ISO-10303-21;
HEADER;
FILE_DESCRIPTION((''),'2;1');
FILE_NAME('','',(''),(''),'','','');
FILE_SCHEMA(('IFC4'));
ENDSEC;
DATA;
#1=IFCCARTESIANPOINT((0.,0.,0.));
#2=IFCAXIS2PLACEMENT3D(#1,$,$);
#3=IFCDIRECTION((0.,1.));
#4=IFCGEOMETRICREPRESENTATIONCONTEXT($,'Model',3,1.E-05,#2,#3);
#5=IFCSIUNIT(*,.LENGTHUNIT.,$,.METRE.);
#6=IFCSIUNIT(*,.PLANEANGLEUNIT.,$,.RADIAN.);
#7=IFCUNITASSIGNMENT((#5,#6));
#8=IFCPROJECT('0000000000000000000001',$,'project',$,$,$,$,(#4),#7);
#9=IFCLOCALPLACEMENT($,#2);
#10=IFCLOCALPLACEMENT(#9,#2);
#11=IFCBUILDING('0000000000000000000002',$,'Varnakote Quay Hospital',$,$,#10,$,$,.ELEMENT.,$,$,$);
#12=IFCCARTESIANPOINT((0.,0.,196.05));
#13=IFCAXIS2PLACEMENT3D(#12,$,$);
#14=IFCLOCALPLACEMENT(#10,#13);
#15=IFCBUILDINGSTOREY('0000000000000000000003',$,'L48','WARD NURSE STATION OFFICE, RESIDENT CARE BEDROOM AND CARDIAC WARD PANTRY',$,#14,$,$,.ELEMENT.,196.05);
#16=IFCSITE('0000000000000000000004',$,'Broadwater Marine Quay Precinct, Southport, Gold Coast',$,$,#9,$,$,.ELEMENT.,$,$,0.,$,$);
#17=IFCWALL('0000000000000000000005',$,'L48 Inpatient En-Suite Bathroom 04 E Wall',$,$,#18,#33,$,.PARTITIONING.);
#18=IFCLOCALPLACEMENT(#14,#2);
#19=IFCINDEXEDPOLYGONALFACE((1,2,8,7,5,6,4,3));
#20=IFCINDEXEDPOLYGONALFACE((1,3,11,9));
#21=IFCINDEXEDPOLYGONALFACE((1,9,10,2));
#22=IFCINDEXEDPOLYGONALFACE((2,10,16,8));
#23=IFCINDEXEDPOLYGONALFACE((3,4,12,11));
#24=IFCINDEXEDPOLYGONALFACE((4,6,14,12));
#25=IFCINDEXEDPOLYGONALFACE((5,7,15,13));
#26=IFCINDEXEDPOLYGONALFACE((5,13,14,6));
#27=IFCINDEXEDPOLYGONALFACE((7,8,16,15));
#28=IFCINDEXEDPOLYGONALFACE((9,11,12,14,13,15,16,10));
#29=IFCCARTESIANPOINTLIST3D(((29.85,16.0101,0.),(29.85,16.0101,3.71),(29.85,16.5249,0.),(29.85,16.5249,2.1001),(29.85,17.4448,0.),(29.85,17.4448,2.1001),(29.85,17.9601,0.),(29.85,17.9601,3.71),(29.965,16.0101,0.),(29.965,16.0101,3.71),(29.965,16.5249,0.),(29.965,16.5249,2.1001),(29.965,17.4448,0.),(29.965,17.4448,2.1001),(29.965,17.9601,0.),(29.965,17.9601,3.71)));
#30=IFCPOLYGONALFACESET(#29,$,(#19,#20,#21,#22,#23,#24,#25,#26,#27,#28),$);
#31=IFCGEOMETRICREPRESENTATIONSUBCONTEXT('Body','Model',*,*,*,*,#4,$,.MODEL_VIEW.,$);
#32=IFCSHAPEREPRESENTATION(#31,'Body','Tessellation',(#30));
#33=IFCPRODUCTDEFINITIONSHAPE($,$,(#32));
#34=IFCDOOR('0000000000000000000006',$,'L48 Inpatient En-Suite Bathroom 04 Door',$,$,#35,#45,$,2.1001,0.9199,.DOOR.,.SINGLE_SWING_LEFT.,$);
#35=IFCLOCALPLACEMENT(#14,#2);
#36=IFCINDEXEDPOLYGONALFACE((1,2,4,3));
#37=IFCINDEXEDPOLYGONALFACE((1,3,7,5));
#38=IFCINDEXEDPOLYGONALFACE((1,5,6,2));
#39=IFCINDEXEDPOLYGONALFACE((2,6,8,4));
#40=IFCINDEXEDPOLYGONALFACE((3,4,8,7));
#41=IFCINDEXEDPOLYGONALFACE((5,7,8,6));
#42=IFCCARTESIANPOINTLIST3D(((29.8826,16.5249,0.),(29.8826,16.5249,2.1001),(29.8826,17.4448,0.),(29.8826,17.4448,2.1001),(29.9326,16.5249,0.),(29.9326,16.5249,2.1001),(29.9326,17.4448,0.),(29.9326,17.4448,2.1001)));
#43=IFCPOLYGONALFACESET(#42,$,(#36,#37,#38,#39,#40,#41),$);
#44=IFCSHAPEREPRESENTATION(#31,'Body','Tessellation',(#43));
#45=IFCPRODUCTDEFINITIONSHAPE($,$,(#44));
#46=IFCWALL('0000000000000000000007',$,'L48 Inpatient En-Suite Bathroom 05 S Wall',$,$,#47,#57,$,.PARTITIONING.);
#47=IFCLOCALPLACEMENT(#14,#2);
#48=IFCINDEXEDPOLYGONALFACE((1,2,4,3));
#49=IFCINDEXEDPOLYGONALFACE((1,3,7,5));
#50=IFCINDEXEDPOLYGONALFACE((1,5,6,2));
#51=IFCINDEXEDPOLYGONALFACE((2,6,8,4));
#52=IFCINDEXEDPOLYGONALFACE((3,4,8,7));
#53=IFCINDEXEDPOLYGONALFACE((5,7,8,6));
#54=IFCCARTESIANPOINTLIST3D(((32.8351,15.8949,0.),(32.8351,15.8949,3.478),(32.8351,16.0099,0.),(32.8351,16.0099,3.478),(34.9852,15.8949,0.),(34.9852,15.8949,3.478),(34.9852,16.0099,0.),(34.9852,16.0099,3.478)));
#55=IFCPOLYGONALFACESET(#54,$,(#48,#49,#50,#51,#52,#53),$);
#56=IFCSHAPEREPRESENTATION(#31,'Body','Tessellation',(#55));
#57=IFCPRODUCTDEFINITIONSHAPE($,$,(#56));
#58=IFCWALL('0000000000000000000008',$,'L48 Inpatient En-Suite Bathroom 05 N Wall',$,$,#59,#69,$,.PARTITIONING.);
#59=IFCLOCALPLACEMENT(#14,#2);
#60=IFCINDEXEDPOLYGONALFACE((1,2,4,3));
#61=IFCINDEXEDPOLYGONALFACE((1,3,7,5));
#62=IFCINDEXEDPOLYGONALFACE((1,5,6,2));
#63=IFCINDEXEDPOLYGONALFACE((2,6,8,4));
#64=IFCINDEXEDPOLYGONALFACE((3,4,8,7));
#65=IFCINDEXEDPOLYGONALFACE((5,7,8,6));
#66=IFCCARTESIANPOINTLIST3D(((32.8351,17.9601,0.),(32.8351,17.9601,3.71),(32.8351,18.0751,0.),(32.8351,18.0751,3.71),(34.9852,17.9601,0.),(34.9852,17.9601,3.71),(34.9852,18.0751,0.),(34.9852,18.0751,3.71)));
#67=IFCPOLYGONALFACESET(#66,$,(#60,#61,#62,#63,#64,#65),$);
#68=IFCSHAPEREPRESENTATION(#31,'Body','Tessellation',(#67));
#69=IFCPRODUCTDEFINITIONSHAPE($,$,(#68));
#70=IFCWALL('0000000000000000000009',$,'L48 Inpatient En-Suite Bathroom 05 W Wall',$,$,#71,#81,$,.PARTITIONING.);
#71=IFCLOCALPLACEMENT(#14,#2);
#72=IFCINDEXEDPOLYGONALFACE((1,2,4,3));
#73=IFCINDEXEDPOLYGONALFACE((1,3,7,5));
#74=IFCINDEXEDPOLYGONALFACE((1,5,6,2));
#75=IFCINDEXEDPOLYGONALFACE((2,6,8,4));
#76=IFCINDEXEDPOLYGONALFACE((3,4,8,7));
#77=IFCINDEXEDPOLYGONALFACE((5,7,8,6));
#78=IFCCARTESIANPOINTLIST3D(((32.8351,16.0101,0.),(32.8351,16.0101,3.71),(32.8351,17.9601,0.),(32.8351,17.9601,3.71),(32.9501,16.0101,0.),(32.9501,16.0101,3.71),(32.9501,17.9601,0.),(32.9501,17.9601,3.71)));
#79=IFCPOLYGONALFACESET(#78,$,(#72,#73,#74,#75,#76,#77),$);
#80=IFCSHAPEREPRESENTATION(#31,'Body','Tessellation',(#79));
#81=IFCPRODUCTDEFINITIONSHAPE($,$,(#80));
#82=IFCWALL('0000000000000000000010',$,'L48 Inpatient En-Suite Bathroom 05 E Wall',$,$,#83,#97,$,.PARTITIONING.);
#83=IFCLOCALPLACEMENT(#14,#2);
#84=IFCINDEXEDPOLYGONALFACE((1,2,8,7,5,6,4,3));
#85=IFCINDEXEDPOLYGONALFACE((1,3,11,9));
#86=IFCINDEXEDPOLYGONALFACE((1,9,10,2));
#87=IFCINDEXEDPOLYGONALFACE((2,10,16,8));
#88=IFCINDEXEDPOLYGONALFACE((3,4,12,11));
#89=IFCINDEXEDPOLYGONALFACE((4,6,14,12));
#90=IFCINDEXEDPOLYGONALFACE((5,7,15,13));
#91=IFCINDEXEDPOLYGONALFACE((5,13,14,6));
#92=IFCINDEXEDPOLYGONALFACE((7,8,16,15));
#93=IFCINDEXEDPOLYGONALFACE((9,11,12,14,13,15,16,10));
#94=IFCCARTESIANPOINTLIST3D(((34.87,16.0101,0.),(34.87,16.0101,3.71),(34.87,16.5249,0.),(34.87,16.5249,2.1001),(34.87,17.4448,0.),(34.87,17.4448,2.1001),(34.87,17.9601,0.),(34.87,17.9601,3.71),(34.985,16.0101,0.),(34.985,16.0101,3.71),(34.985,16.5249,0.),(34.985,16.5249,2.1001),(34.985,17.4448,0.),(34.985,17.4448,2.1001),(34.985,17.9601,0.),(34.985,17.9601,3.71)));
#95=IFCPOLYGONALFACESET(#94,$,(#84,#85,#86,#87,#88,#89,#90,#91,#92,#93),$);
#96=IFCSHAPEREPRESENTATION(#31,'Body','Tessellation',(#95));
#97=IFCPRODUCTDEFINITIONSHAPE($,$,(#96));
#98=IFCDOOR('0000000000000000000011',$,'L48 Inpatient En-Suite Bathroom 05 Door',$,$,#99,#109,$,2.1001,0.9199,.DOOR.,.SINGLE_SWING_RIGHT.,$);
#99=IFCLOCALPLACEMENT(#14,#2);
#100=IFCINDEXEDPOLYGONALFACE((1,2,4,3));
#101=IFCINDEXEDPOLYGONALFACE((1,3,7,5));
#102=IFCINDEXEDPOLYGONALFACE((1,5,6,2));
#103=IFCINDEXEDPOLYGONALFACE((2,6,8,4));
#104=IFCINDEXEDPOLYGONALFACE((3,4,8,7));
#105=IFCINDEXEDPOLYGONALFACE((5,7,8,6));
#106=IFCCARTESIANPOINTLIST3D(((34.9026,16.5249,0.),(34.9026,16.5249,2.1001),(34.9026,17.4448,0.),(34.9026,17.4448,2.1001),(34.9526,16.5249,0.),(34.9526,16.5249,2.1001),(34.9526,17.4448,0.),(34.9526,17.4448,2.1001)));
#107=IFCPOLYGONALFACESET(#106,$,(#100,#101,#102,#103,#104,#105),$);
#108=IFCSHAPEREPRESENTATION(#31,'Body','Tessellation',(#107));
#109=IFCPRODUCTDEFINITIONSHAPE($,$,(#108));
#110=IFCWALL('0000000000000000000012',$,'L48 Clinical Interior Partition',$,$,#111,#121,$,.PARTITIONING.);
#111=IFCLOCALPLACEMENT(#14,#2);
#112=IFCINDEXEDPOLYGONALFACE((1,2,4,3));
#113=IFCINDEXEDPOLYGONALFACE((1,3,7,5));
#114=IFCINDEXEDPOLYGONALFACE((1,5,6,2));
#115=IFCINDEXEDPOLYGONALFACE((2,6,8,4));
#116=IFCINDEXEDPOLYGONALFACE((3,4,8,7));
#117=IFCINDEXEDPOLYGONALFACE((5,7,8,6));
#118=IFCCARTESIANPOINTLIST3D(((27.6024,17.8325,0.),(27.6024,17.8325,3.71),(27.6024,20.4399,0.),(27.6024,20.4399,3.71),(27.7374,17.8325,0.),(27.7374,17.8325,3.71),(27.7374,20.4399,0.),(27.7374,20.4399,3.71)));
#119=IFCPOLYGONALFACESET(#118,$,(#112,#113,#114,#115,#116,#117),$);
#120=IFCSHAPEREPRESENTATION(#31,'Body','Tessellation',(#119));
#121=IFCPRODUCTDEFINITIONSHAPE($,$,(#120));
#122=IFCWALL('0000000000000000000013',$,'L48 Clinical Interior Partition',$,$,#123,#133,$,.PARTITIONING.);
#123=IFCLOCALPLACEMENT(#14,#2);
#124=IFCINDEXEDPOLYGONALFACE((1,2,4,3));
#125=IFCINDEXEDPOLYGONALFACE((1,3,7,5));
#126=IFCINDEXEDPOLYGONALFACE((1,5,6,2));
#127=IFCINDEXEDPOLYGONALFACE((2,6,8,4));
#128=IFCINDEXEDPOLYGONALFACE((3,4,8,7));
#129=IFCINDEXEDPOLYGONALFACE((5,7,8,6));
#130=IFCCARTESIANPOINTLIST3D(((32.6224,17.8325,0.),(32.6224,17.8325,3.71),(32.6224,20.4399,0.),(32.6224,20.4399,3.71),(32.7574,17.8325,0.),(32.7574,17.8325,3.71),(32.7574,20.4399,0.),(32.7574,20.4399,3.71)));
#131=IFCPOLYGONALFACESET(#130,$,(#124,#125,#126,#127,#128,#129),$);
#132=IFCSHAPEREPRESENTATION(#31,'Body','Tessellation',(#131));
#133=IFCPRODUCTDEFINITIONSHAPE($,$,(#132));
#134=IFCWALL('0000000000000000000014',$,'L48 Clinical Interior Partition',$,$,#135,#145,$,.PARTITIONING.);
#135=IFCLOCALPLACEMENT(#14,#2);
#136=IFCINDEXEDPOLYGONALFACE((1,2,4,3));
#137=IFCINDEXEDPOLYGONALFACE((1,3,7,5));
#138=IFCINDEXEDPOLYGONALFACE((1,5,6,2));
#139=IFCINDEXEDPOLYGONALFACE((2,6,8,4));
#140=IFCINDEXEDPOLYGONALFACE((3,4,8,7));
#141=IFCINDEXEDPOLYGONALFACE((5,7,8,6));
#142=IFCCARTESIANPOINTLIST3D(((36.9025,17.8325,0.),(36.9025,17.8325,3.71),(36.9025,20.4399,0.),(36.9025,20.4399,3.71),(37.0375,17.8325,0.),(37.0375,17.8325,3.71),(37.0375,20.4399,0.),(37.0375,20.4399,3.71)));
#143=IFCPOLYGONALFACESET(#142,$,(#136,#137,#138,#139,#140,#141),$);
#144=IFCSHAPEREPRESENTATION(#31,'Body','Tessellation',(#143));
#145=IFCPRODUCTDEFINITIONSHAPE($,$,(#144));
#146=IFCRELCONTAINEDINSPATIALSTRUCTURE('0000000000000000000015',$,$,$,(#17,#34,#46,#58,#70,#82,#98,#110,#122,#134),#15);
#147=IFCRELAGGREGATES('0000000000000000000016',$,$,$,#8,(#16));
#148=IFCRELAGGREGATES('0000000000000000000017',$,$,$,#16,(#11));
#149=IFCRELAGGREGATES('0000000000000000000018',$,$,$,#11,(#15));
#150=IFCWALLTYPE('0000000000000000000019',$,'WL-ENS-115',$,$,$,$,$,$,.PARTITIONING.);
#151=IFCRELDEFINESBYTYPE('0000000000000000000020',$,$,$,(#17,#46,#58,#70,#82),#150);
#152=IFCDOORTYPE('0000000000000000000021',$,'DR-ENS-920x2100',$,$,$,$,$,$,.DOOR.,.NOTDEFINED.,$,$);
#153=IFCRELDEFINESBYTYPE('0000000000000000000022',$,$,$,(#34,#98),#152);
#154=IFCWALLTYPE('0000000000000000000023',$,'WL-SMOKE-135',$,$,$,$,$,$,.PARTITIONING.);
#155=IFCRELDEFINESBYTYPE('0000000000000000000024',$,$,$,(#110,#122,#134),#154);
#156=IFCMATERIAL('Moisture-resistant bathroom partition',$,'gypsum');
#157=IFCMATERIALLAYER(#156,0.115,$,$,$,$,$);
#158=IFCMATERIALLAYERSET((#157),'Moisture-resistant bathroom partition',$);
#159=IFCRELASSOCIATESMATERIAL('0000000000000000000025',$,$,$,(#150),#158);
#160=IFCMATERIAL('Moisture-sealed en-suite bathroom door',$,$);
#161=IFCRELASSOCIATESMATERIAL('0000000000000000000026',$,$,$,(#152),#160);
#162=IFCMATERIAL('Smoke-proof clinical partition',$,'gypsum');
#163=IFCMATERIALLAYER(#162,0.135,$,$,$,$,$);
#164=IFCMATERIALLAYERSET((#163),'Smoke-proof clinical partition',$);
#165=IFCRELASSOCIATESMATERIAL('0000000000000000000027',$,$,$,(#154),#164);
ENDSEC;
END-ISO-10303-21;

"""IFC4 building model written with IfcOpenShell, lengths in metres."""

from ifc_helpers import new_model, si_unit, direction, frame, frame_2d, origin, place, context, subcontext, project, spatial, rectangle, extrude, material, layer, layer_set, type_object, element, fill, save


model = new_model("IFC4")

# Units and contexts
model_context = context("Model", 3, precision=1e-05, world=origin(), true_north=direction((0.0, 1.0)))
body_context = subcontext(model_context, "Body", "Model", "MODEL_VIEW")
ifc_project = project(units=[si_unit("LENGTHUNIT", "METRE"), si_unit("PLANEANGLEUNIT", "RADIAN")], contexts=[model_context])

# Site, building, storey
site_placement = place(None, origin())
site = spatial("IfcSite", under=ifc_project, at=site_placement, Name="Broadwater Marine Quay Precinct, Southport, Gold Coast", CompositionType="ELEMENT", RefElevation=0.0)
building_placement = place(site_placement, origin())
building = spatial("IfcBuilding", under=site, at=building_placement, Name="Varnakote Quay Hospital", CompositionType="ELEMENT")
storey_placement = place(building_placement, frame((0.0, 0.0, 196.05)))
storey = spatial("IfcBuildingStorey", under=building, at=storey_placement, Name="L48", Description="WARD NURSE STATION OFFICE, RESIDENT CARE BEDROOM AND CARDIAC WARD PANTRY", CompositionType="ELEMENT", Elevation=196.05)

# Shared definitions
ifc_material_1 = material(Name="Moisture-resistant bathroom partition", Category="gypsum")
ifc_layer_1 = layer(ifc_material_1, 0.115)
ifc_layer_set_1 = layer_set([ifc_layer_1], Name="Moisture-resistant bathroom partition")
wall_type_1 = type_object("IfcWallType", Name="WL-ENS-115", PredefinedType="PARTITIONING", material=ifc_layer_set_1)
ifc_material_2 = material(Name="Moisture-sealed en-suite bathroom door")
door_type = type_object("IfcDoorType", Name="DR-ENS-920x2100", OperationType="NOTDEFINED", PredefinedType="DOOR", material=ifc_material_2)

# Wall, opening, door
wall_1_placement = place(storey_placement, frame((29.9075, 16.01, 0.0), z_axis=(0.0, 0.0, 1.0), x_axis=(0.0, 1.0, 0.0)))
wall_1 = element("IfcWall", 1, at=wall_1_placement, inside=storey, type_object=wall_type_1, Name="L48 Inpatient En-Suite Bathroom 04 E Wall", PredefinedType="PARTITIONING", context=body_context, shape_type="SweptSolid", body=[
    extrude(rectangle(XDim=1.95, YDim=0.115, at=frame_2d((0.9751, 0.0))), origin(), (0.0, 0.0, 1.0), 3.71),
])
opening_1_placement = place(wall_1_placement, frame((0.5149, 0.0, 0.0)))
opening_1 = element("IfcOpeningElement", 2, at=opening_1_placement, cuts=wall_1, PredefinedType="OPENING", context=body_context, shape_type="SweptSolid", body=[
    extrude(rectangle(XDim=0.9199, YDim=2.1001, at=frame_2d((0.46, 1.05))), frame((0.0, 0.0674, 0.0), z_axis=(0.0, -1.0, 0.0), x_axis=(1.0, 0.0, 0.0)), (0.0, 0.0, 1.0), 0.135),
])
door_1_placement = place(opening_1_placement, origin())
door_1 = element("IfcDoor", 3, at=door_1_placement, inside=storey, type_object=door_type, Name="L48 Inpatient En-Suite Bathroom 04 Door", OperationType="SINGLE_SWING_LEFT", OverallHeight=2.1001, OverallWidth=0.9199, PredefinedType="DOOR", context=body_context, shape_type="SweptSolid", body=[
    extrude(rectangle(XDim=0.9199, YDim=2.1001, at=frame_2d((0.46, 1.05))), frame((0.0, 0.0249, 0.0), z_axis=(0.0, -1.0, 0.0), x_axis=(1.0, 0.0, 0.0)), (0.0, 0.0, 1.0), 0.05),
])
fill(opening_1, door_1)

# Walls
wall_2_placement = place(storey_placement, frame((32.835, 15.9524, 0.0), z_axis=(0.0, 0.0, 1.0), x_axis=(1.0, 0.0, 0.0)))
element("IfcWall", 4, at=wall_2_placement, inside=storey, type_object=wall_type_1, Name="L48 Inpatient En-Suite Bathroom 05 S Wall", PredefinedType="PARTITIONING", context=body_context, shape_type="SweptSolid", body=[
    extrude(rectangle(XDim=2.1501, YDim=0.115, at=frame_2d((1.0752, 0.0))), origin(), (0.0, 0.0, 1.0), 3.478),
])
wall_3_placement = place(storey_placement, frame((32.835, 18.0176, 0.0), z_axis=(0.0, 0.0, 1.0), x_axis=(1.0, 0.0, 0.0)))
element("IfcWall", 5, at=wall_3_placement, inside=storey, type_object=wall_type_1, Name="L48 Inpatient En-Suite Bathroom 05 N Wall", PredefinedType="PARTITIONING", context=body_context, shape_type="SweptSolid", body=[
    extrude(rectangle(XDim=2.1501, YDim=0.115, at=frame_2d((1.0752, 0.0))), origin(), (0.0, 0.0, 1.0), 3.71),
])
wall_4_placement = place(storey_placement, frame((32.8926, 16.01, 0.0), z_axis=(0.0, 0.0, 1.0), x_axis=(0.0, 1.0, 0.0)))
element("IfcWall", 6, at=wall_4_placement, inside=storey, type_object=wall_type_1, Name="L48 Inpatient En-Suite Bathroom 05 W Wall", PredefinedType="PARTITIONING", context=body_context, shape_type="SweptSolid", body=[
    extrude(rectangle(XDim=1.95, YDim=0.115, at=frame_2d((0.9751, 0.0))), origin(), (0.0, 0.0, 1.0), 3.71),
])

# Wall, opening, door
wall_5_placement = place(storey_placement, frame((34.9275, 16.01, 0.0), z_axis=(0.0, 0.0, 1.0), x_axis=(0.0, 1.0, 0.0)))
wall_5 = element("IfcWall", 7, at=wall_5_placement, inside=storey, type_object=wall_type_1, Name="L48 Inpatient En-Suite Bathroom 05 E Wall", PredefinedType="PARTITIONING", context=body_context, shape_type="SweptSolid", body=[
    extrude(rectangle(XDim=1.95, YDim=0.115, at=frame_2d((0.9751, 0.0))), origin(), (0.0, 0.0, 1.0), 3.71),
])
opening_2_placement = place(wall_5_placement, frame((0.5149, 0.0, 0.0)))
opening_2 = element("IfcOpeningElement", 8, at=opening_2_placement, cuts=wall_5, PredefinedType="OPENING", context=body_context, shape_type="SweptSolid", body=[
    extrude(rectangle(XDim=0.9199, YDim=2.1001, at=frame_2d((0.46, 1.05))), frame((0.0, 0.0674, 0.0), z_axis=(0.0, -1.0, 0.0), x_axis=(1.0, 0.0, 0.0)), (0.0, 0.0, 1.0), 0.135),
])
door_2_placement = place(opening_2_placement, origin())
door_2 = element("IfcDoor", 9, at=door_2_placement, inside=storey, type_object=door_type, Name="L48 Inpatient En-Suite Bathroom 05 Door", OperationType="SINGLE_SWING_RIGHT", OverallHeight=2.1001, OverallWidth=0.9199, PredefinedType="DOOR", context=body_context, shape_type="SweptSolid", body=[
    extrude(rectangle(XDim=0.9199, YDim=2.1001, at=frame_2d((0.46, 1.05))), frame((0.0, 0.0249, 0.0), z_axis=(0.0, -1.0, 0.0), x_axis=(1.0, 0.0, 0.0)), (0.0, 0.0, 1.0), 0.05),
])
fill(opening_2, door_2)

# Walls
ifc_material_3 = material(Name="Smoke-proof clinical partition", Category="gypsum")
ifc_layer_2 = layer(ifc_material_3, 0.135)
ifc_layer_set_2 = layer_set([ifc_layer_2], Name="Smoke-proof clinical partition")
wall_type_2 = type_object("IfcWallType", Name="WL-SMOKE-135", PredefinedType="PARTITIONING", material=ifc_layer_set_2)
for number, where, z_axis, x_axis, name in (
    (10, (27.6699, 17.8325, 0.0), (0.0, 0.0, 1.0), (0.0, 1.0, 0.0), "L48 Clinical Interior Partition"),
    (11, (32.6899, 17.8325, 0.0), (0.0, 0.0, 1.0), (0.0, 1.0, 0.0), "L48 Clinical Interior Partition"),
    (12, (36.97, 17.8325, 0.0), (0.0, 0.0, 1.0), (0.0, 1.0, 0.0), "L48 Clinical Interior Partition"),
):
    element("IfcWall", number, at=place(storey_placement, frame(where, z_axis=z_axis, x_axis=x_axis)), inside=storey, type_object=wall_type_2, Name=name, PredefinedType="PARTITIONING", context=body_context, shape_type="SweptSolid", body=[
        extrude(rectangle(XDim=2.6074, YDim=0.135, at=frame_2d((1.3037, 0.0))), origin(), (0.0, 0.0, 1.0), 3.71),
    ])

save(model, "model.ifc")
